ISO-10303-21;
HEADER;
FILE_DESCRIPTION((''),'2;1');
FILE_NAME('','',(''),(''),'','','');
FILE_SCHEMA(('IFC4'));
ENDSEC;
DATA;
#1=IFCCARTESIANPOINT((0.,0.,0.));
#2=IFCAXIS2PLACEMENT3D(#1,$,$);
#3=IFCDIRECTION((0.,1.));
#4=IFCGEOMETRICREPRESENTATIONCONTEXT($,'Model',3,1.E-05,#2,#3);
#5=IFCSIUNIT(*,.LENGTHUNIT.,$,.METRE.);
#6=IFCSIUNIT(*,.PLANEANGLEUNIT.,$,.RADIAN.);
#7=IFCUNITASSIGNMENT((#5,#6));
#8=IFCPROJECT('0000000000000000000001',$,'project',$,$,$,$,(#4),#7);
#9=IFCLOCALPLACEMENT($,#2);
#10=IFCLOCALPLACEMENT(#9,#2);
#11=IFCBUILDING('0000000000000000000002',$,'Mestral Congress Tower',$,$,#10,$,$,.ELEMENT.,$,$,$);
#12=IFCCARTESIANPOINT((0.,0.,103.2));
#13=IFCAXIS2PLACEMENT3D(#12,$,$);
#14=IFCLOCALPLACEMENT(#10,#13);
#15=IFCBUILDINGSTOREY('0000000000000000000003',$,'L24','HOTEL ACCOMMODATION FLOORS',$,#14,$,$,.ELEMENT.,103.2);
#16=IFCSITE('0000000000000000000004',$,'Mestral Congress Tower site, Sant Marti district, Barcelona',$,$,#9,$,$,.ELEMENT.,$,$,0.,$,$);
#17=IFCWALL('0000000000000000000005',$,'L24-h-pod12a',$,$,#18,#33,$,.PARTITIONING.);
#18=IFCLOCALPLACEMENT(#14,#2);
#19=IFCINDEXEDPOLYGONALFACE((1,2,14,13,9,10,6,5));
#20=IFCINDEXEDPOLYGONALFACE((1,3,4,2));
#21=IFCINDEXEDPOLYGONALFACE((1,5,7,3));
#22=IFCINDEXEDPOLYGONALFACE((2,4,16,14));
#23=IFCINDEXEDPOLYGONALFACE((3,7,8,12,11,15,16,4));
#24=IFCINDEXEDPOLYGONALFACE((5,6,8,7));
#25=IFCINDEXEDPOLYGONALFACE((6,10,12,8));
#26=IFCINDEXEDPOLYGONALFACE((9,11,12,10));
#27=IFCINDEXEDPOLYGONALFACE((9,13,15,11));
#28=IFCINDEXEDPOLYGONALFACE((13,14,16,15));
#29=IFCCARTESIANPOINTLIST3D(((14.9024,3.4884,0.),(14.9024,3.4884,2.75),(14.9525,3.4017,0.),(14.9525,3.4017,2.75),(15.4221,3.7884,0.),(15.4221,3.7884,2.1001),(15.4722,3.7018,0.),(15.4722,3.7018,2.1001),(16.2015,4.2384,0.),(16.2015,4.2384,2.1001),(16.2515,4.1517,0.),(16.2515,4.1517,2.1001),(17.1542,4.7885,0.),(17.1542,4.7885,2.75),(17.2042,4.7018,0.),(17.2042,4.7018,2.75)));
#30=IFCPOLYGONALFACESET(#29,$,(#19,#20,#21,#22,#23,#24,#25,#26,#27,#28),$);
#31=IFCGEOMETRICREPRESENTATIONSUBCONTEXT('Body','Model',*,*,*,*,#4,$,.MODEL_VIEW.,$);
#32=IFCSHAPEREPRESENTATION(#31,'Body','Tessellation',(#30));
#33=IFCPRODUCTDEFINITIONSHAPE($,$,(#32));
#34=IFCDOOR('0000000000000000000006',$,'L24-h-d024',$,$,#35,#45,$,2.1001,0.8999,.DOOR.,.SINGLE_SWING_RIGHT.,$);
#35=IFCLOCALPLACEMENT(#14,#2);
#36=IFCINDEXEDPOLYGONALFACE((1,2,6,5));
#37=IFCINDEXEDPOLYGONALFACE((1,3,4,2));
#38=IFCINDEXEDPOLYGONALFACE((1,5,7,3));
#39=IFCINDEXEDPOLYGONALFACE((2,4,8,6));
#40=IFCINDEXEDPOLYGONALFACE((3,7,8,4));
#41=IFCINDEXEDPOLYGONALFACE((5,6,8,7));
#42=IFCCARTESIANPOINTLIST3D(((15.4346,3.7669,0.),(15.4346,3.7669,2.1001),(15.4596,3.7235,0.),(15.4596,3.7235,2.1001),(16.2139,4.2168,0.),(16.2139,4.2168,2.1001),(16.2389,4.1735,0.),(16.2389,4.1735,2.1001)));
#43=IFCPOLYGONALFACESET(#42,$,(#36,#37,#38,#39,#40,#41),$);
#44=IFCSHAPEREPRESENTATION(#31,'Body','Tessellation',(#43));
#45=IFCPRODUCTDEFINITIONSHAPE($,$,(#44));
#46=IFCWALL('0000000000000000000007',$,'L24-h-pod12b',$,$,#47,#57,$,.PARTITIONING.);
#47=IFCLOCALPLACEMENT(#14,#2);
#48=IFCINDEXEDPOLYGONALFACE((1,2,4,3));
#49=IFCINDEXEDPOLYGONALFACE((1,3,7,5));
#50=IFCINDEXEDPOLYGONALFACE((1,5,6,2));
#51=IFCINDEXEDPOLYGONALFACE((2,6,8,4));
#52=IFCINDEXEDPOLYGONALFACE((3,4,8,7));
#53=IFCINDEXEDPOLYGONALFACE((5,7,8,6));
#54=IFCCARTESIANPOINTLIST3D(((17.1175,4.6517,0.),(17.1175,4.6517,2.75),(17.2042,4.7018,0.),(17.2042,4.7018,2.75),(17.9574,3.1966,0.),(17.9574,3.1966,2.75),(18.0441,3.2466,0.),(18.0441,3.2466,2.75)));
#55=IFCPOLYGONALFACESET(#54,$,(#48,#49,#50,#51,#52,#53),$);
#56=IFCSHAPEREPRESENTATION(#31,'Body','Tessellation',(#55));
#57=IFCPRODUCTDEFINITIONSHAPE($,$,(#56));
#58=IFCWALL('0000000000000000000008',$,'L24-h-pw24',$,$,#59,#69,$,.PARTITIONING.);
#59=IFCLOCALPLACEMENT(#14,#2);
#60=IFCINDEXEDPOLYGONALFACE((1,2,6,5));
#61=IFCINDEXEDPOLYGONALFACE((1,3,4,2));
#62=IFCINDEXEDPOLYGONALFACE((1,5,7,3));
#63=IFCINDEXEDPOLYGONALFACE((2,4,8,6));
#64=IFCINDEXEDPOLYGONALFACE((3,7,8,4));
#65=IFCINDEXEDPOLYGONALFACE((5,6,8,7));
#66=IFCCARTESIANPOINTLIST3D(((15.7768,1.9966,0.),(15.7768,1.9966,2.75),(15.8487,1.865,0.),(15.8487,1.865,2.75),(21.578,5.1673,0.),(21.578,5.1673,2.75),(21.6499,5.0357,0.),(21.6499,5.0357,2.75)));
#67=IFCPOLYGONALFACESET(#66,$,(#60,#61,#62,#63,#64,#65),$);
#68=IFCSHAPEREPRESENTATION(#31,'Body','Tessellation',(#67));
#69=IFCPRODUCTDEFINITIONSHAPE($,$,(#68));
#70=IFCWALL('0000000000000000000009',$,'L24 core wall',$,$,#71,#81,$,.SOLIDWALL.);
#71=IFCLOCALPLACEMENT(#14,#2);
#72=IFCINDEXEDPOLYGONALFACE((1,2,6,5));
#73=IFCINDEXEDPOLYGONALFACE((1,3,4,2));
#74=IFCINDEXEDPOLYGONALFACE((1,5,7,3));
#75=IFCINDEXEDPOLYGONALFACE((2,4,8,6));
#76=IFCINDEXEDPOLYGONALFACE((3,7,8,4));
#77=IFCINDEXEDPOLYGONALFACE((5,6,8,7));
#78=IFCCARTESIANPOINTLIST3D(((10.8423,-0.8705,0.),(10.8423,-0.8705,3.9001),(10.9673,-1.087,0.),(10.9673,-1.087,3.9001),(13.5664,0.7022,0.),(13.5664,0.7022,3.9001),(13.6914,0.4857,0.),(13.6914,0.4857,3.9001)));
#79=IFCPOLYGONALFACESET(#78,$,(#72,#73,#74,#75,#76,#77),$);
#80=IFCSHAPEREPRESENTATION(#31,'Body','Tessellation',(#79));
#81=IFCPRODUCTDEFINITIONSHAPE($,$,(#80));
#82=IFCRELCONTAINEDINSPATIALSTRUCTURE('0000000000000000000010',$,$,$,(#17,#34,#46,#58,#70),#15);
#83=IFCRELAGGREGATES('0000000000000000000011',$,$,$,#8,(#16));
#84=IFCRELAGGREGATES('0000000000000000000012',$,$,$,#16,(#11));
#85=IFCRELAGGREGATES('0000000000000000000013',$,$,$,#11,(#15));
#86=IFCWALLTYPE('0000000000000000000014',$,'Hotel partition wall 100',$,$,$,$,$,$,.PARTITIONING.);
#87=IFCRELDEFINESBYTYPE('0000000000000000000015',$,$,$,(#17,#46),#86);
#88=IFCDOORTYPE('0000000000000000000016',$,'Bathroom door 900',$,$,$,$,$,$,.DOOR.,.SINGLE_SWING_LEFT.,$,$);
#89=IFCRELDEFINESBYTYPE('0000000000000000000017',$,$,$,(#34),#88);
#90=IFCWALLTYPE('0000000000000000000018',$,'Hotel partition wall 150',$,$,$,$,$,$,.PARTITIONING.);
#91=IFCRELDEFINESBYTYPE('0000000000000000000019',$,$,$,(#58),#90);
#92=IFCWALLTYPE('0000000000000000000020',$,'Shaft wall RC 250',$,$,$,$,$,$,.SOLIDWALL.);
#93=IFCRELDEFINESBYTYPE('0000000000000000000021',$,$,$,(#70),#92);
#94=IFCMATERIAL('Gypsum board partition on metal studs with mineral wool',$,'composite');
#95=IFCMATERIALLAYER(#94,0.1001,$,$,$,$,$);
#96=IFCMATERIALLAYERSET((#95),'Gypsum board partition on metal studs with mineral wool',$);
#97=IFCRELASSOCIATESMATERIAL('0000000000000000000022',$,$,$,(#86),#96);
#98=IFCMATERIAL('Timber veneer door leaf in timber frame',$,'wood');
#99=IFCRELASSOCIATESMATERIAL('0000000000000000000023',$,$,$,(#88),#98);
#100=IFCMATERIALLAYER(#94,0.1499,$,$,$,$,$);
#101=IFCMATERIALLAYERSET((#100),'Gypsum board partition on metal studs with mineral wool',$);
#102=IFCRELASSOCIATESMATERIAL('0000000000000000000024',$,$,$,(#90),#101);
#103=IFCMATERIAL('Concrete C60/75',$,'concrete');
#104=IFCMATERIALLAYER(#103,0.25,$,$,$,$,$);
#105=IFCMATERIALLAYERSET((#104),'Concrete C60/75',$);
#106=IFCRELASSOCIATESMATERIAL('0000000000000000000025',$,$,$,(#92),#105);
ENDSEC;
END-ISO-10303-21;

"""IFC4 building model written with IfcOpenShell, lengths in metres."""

from ifc_helpers import new_model, si_unit, direction, frame, frame_2d, origin, place, context, subcontext, project, spatial, rectangle, extrude, material, layer, layer_set, type_object, element, fill, save


model = new_model("IFC4")

# Units and contexts
model_context = context("Model", 3, precision=1e-05, world=origin(), true_north=direction((0.0, 1.0)))
body_context = subcontext(model_context, "Body", "Model", "MODEL_VIEW")
ifc_project = project(units=[si_unit("LENGTHUNIT", "METRE"), si_unit("PLANEANGLEUNIT", "RADIAN")], contexts=[model_context])

# Site, building, storey
site_placement = place(None, origin())
site = spatial("IfcSite", under=ifc_project, at=site_placement, Name="Mestral Congress Tower site, Sant Marti district, Barcelona", CompositionType="ELEMENT", RefElevation=0.0)
building_placement = place(site_placement, origin())
building = spatial("IfcBuilding", under=site, at=building_placement, Name="Mestral Congress Tower", CompositionType="ELEMENT")
storey_placement = place(building_placement, frame((0.0, 0.0, 103.2)))
storey = spatial("IfcBuildingStorey", under=building, at=storey_placement, Name="L24", Description="HOTEL ACCOMMODATION FLOORS", CompositionType="ELEMENT", Elevation=103.2)

# Shared definitions
ifc_material_1 = material(Name="Gypsum board partition on metal studs with mineral wool", Category="composite")
ifc_layer_1 = layer(ifc_material_1, 0.1001)
ifc_layer_set_1 = layer_set([ifc_layer_1], Name="Gypsum board partition on metal studs with mineral wool")
wall_type_1 = type_object("IfcWallType", Name="Hotel partition wall 100", PredefinedType="PARTITIONING", material=ifc_layer_set_1)
ifc_material_2 = material(Name="Timber veneer door leaf in timber frame", Category="wood")
door_type = type_object("IfcDoorType", Name="Bathroom door 900", OperationType="SINGLE_SWING_LEFT", PredefinedType="DOOR", material=ifc_material_2)

# Wall, opening, door
wall_1_placement = place(storey_placement, frame((17.1792, 4.7451, 0.0), z_axis=(0.0, 0.0, 1.0), x_axis=(-0.866021, -0.500007, 0.0)))
wall_1 = element("IfcWall", 1, at=wall_1_placement, inside=storey, type_object=wall_type_1, Name="L24-h-pod12a", PredefinedType="PARTITIONING", context=body_context, shape_type="SweptSolid", body=[
    extrude(rectangle(XDim=2.6001, YDim=0.1001, at=frame_2d((1.3, 0.0))), origin(), (0.0, 0.0, 1.0), 2.75),
])
opening_1_placement = place(wall_1_placement, frame((1.1001, 0.0, 0.0)))
opening_1 = element("IfcOpeningElement", 2, at=opening_1_placement, cuts=wall_1, PredefinedType="OPENING", context=body_context, shape_type="SweptSolid", body=[
    extrude(rectangle(XDim=0.8999, YDim=2.1001, at=frame_2d((0.45, 1.05))), frame((0.0, 0.0601, 0.0), z_axis=(0.0, -1.0, 0.0), x_axis=(1.0, 0.0, 0.0)), (0.0, 0.0, 1.0), 0.1201),
])
door_1_placement = place(opening_1_placement, origin())
door_1 = element("IfcDoor", 3, at=door_1_placement, inside=storey, type_object=door_type, Name="L24-h-d024", OperationType="SINGLE_SWING_RIGHT", OverallHeight=2.1001, OverallWidth=0.8999, PredefinedType="DOOR", context=body_context, shape_type="SweptSolid", body=[
    extrude(rectangle(XDim=0.8999, YDim=2.1001, at=frame_2d((0.45, 1.05))), frame((0.0, 0.0249, 0.0), z_axis=(0.0, -1.0, 0.0), x_axis=(1.0, 0.0, 0.0)), (0.0, 0.0, 1.0), 0.05),
])
fill(opening_1, door_1)

# Walls
wall_2_placement = place(storey_placement, frame((17.1609, 4.6768, 0.0), z_axis=(0.0, 0.0, 1.0), x_axis=(0.49989, -0.866089, 0.0)))
element("IfcWall", 4, at=wall_2_placement, inside=storey, type_object=wall_type_1, Name="L24-h-pod12b", PredefinedType="PARTITIONING", context=body_context, shape_type="SweptSolid", body=[
    extrude(rectangle(XDim=1.6802, YDim=0.1001, at=frame_2d((0.8401, 0.0))), origin(), (0.0, 0.0, 1.0), 2.75),
])
ifc_layer_2 = layer(ifc_material_1, 0.1499)
ifc_layer_set_2 = layer_set([ifc_layer_2], Name="Gypsum board partition on metal studs with mineral wool")
wall_type_2 = type_object("IfcWallType", Name="Hotel partition wall 150", PredefinedType="PARTITIONING", material=ifc_layer_set_2)
wall_3_placement = place(storey_placement, frame((21.614, 5.1016, 0.0), z_axis=(0.0, 0.0, 1.0), x_axis=(-0.877485, -0.479605, 0.0)))
element("IfcWall", 5, at=wall_3_placement, inside=storey, type_object=wall_type_2, Name="L24-h-pw24", PredefinedType="PARTITIONING", context=body_context, shape_type="SweptSolid", body=[
    extrude(rectangle(XDim=6.6111, YDim=0.1499, at=frame_2d((3.3057, 0.0))), origin(), (0.0, 0.0, 1.0), 2.75),
])
ifc_material_3 = material(Name="Concrete C60/75", Category="concrete")
ifc_layer_3 = layer(ifc_material_3, 0.25)
ifc_layer_set_3 = layer_set([ifc_layer_3], Name="Concrete C60/75")
wall_type_3 = type_object("IfcWallType", Name="Shaft wall RC 250", PredefinedType="SOLIDWALL", material=ifc_layer_set_3)
wall_4_placement = place(storey_placement, frame((13.6289, 0.594, 0.0), z_axis=(0.0, 0.0, 1.0), x_axis=(-0.866028, -0.499996, 0.0)))
element("IfcWall", 6, at=wall_4_placement, inside=storey, type_object=wall_type_3, Name="L24 core wall", PredefinedType="SOLIDWALL", context=body_context, shape_type="SweptSolid", body=[
    extrude(rectangle(XDim=3.1455, YDim=0.25, at=frame_2d((1.5728, 0.0))), origin(), (0.0, 0.0, 1.0), 3.9001),
])

save(model, "model.ifc")
